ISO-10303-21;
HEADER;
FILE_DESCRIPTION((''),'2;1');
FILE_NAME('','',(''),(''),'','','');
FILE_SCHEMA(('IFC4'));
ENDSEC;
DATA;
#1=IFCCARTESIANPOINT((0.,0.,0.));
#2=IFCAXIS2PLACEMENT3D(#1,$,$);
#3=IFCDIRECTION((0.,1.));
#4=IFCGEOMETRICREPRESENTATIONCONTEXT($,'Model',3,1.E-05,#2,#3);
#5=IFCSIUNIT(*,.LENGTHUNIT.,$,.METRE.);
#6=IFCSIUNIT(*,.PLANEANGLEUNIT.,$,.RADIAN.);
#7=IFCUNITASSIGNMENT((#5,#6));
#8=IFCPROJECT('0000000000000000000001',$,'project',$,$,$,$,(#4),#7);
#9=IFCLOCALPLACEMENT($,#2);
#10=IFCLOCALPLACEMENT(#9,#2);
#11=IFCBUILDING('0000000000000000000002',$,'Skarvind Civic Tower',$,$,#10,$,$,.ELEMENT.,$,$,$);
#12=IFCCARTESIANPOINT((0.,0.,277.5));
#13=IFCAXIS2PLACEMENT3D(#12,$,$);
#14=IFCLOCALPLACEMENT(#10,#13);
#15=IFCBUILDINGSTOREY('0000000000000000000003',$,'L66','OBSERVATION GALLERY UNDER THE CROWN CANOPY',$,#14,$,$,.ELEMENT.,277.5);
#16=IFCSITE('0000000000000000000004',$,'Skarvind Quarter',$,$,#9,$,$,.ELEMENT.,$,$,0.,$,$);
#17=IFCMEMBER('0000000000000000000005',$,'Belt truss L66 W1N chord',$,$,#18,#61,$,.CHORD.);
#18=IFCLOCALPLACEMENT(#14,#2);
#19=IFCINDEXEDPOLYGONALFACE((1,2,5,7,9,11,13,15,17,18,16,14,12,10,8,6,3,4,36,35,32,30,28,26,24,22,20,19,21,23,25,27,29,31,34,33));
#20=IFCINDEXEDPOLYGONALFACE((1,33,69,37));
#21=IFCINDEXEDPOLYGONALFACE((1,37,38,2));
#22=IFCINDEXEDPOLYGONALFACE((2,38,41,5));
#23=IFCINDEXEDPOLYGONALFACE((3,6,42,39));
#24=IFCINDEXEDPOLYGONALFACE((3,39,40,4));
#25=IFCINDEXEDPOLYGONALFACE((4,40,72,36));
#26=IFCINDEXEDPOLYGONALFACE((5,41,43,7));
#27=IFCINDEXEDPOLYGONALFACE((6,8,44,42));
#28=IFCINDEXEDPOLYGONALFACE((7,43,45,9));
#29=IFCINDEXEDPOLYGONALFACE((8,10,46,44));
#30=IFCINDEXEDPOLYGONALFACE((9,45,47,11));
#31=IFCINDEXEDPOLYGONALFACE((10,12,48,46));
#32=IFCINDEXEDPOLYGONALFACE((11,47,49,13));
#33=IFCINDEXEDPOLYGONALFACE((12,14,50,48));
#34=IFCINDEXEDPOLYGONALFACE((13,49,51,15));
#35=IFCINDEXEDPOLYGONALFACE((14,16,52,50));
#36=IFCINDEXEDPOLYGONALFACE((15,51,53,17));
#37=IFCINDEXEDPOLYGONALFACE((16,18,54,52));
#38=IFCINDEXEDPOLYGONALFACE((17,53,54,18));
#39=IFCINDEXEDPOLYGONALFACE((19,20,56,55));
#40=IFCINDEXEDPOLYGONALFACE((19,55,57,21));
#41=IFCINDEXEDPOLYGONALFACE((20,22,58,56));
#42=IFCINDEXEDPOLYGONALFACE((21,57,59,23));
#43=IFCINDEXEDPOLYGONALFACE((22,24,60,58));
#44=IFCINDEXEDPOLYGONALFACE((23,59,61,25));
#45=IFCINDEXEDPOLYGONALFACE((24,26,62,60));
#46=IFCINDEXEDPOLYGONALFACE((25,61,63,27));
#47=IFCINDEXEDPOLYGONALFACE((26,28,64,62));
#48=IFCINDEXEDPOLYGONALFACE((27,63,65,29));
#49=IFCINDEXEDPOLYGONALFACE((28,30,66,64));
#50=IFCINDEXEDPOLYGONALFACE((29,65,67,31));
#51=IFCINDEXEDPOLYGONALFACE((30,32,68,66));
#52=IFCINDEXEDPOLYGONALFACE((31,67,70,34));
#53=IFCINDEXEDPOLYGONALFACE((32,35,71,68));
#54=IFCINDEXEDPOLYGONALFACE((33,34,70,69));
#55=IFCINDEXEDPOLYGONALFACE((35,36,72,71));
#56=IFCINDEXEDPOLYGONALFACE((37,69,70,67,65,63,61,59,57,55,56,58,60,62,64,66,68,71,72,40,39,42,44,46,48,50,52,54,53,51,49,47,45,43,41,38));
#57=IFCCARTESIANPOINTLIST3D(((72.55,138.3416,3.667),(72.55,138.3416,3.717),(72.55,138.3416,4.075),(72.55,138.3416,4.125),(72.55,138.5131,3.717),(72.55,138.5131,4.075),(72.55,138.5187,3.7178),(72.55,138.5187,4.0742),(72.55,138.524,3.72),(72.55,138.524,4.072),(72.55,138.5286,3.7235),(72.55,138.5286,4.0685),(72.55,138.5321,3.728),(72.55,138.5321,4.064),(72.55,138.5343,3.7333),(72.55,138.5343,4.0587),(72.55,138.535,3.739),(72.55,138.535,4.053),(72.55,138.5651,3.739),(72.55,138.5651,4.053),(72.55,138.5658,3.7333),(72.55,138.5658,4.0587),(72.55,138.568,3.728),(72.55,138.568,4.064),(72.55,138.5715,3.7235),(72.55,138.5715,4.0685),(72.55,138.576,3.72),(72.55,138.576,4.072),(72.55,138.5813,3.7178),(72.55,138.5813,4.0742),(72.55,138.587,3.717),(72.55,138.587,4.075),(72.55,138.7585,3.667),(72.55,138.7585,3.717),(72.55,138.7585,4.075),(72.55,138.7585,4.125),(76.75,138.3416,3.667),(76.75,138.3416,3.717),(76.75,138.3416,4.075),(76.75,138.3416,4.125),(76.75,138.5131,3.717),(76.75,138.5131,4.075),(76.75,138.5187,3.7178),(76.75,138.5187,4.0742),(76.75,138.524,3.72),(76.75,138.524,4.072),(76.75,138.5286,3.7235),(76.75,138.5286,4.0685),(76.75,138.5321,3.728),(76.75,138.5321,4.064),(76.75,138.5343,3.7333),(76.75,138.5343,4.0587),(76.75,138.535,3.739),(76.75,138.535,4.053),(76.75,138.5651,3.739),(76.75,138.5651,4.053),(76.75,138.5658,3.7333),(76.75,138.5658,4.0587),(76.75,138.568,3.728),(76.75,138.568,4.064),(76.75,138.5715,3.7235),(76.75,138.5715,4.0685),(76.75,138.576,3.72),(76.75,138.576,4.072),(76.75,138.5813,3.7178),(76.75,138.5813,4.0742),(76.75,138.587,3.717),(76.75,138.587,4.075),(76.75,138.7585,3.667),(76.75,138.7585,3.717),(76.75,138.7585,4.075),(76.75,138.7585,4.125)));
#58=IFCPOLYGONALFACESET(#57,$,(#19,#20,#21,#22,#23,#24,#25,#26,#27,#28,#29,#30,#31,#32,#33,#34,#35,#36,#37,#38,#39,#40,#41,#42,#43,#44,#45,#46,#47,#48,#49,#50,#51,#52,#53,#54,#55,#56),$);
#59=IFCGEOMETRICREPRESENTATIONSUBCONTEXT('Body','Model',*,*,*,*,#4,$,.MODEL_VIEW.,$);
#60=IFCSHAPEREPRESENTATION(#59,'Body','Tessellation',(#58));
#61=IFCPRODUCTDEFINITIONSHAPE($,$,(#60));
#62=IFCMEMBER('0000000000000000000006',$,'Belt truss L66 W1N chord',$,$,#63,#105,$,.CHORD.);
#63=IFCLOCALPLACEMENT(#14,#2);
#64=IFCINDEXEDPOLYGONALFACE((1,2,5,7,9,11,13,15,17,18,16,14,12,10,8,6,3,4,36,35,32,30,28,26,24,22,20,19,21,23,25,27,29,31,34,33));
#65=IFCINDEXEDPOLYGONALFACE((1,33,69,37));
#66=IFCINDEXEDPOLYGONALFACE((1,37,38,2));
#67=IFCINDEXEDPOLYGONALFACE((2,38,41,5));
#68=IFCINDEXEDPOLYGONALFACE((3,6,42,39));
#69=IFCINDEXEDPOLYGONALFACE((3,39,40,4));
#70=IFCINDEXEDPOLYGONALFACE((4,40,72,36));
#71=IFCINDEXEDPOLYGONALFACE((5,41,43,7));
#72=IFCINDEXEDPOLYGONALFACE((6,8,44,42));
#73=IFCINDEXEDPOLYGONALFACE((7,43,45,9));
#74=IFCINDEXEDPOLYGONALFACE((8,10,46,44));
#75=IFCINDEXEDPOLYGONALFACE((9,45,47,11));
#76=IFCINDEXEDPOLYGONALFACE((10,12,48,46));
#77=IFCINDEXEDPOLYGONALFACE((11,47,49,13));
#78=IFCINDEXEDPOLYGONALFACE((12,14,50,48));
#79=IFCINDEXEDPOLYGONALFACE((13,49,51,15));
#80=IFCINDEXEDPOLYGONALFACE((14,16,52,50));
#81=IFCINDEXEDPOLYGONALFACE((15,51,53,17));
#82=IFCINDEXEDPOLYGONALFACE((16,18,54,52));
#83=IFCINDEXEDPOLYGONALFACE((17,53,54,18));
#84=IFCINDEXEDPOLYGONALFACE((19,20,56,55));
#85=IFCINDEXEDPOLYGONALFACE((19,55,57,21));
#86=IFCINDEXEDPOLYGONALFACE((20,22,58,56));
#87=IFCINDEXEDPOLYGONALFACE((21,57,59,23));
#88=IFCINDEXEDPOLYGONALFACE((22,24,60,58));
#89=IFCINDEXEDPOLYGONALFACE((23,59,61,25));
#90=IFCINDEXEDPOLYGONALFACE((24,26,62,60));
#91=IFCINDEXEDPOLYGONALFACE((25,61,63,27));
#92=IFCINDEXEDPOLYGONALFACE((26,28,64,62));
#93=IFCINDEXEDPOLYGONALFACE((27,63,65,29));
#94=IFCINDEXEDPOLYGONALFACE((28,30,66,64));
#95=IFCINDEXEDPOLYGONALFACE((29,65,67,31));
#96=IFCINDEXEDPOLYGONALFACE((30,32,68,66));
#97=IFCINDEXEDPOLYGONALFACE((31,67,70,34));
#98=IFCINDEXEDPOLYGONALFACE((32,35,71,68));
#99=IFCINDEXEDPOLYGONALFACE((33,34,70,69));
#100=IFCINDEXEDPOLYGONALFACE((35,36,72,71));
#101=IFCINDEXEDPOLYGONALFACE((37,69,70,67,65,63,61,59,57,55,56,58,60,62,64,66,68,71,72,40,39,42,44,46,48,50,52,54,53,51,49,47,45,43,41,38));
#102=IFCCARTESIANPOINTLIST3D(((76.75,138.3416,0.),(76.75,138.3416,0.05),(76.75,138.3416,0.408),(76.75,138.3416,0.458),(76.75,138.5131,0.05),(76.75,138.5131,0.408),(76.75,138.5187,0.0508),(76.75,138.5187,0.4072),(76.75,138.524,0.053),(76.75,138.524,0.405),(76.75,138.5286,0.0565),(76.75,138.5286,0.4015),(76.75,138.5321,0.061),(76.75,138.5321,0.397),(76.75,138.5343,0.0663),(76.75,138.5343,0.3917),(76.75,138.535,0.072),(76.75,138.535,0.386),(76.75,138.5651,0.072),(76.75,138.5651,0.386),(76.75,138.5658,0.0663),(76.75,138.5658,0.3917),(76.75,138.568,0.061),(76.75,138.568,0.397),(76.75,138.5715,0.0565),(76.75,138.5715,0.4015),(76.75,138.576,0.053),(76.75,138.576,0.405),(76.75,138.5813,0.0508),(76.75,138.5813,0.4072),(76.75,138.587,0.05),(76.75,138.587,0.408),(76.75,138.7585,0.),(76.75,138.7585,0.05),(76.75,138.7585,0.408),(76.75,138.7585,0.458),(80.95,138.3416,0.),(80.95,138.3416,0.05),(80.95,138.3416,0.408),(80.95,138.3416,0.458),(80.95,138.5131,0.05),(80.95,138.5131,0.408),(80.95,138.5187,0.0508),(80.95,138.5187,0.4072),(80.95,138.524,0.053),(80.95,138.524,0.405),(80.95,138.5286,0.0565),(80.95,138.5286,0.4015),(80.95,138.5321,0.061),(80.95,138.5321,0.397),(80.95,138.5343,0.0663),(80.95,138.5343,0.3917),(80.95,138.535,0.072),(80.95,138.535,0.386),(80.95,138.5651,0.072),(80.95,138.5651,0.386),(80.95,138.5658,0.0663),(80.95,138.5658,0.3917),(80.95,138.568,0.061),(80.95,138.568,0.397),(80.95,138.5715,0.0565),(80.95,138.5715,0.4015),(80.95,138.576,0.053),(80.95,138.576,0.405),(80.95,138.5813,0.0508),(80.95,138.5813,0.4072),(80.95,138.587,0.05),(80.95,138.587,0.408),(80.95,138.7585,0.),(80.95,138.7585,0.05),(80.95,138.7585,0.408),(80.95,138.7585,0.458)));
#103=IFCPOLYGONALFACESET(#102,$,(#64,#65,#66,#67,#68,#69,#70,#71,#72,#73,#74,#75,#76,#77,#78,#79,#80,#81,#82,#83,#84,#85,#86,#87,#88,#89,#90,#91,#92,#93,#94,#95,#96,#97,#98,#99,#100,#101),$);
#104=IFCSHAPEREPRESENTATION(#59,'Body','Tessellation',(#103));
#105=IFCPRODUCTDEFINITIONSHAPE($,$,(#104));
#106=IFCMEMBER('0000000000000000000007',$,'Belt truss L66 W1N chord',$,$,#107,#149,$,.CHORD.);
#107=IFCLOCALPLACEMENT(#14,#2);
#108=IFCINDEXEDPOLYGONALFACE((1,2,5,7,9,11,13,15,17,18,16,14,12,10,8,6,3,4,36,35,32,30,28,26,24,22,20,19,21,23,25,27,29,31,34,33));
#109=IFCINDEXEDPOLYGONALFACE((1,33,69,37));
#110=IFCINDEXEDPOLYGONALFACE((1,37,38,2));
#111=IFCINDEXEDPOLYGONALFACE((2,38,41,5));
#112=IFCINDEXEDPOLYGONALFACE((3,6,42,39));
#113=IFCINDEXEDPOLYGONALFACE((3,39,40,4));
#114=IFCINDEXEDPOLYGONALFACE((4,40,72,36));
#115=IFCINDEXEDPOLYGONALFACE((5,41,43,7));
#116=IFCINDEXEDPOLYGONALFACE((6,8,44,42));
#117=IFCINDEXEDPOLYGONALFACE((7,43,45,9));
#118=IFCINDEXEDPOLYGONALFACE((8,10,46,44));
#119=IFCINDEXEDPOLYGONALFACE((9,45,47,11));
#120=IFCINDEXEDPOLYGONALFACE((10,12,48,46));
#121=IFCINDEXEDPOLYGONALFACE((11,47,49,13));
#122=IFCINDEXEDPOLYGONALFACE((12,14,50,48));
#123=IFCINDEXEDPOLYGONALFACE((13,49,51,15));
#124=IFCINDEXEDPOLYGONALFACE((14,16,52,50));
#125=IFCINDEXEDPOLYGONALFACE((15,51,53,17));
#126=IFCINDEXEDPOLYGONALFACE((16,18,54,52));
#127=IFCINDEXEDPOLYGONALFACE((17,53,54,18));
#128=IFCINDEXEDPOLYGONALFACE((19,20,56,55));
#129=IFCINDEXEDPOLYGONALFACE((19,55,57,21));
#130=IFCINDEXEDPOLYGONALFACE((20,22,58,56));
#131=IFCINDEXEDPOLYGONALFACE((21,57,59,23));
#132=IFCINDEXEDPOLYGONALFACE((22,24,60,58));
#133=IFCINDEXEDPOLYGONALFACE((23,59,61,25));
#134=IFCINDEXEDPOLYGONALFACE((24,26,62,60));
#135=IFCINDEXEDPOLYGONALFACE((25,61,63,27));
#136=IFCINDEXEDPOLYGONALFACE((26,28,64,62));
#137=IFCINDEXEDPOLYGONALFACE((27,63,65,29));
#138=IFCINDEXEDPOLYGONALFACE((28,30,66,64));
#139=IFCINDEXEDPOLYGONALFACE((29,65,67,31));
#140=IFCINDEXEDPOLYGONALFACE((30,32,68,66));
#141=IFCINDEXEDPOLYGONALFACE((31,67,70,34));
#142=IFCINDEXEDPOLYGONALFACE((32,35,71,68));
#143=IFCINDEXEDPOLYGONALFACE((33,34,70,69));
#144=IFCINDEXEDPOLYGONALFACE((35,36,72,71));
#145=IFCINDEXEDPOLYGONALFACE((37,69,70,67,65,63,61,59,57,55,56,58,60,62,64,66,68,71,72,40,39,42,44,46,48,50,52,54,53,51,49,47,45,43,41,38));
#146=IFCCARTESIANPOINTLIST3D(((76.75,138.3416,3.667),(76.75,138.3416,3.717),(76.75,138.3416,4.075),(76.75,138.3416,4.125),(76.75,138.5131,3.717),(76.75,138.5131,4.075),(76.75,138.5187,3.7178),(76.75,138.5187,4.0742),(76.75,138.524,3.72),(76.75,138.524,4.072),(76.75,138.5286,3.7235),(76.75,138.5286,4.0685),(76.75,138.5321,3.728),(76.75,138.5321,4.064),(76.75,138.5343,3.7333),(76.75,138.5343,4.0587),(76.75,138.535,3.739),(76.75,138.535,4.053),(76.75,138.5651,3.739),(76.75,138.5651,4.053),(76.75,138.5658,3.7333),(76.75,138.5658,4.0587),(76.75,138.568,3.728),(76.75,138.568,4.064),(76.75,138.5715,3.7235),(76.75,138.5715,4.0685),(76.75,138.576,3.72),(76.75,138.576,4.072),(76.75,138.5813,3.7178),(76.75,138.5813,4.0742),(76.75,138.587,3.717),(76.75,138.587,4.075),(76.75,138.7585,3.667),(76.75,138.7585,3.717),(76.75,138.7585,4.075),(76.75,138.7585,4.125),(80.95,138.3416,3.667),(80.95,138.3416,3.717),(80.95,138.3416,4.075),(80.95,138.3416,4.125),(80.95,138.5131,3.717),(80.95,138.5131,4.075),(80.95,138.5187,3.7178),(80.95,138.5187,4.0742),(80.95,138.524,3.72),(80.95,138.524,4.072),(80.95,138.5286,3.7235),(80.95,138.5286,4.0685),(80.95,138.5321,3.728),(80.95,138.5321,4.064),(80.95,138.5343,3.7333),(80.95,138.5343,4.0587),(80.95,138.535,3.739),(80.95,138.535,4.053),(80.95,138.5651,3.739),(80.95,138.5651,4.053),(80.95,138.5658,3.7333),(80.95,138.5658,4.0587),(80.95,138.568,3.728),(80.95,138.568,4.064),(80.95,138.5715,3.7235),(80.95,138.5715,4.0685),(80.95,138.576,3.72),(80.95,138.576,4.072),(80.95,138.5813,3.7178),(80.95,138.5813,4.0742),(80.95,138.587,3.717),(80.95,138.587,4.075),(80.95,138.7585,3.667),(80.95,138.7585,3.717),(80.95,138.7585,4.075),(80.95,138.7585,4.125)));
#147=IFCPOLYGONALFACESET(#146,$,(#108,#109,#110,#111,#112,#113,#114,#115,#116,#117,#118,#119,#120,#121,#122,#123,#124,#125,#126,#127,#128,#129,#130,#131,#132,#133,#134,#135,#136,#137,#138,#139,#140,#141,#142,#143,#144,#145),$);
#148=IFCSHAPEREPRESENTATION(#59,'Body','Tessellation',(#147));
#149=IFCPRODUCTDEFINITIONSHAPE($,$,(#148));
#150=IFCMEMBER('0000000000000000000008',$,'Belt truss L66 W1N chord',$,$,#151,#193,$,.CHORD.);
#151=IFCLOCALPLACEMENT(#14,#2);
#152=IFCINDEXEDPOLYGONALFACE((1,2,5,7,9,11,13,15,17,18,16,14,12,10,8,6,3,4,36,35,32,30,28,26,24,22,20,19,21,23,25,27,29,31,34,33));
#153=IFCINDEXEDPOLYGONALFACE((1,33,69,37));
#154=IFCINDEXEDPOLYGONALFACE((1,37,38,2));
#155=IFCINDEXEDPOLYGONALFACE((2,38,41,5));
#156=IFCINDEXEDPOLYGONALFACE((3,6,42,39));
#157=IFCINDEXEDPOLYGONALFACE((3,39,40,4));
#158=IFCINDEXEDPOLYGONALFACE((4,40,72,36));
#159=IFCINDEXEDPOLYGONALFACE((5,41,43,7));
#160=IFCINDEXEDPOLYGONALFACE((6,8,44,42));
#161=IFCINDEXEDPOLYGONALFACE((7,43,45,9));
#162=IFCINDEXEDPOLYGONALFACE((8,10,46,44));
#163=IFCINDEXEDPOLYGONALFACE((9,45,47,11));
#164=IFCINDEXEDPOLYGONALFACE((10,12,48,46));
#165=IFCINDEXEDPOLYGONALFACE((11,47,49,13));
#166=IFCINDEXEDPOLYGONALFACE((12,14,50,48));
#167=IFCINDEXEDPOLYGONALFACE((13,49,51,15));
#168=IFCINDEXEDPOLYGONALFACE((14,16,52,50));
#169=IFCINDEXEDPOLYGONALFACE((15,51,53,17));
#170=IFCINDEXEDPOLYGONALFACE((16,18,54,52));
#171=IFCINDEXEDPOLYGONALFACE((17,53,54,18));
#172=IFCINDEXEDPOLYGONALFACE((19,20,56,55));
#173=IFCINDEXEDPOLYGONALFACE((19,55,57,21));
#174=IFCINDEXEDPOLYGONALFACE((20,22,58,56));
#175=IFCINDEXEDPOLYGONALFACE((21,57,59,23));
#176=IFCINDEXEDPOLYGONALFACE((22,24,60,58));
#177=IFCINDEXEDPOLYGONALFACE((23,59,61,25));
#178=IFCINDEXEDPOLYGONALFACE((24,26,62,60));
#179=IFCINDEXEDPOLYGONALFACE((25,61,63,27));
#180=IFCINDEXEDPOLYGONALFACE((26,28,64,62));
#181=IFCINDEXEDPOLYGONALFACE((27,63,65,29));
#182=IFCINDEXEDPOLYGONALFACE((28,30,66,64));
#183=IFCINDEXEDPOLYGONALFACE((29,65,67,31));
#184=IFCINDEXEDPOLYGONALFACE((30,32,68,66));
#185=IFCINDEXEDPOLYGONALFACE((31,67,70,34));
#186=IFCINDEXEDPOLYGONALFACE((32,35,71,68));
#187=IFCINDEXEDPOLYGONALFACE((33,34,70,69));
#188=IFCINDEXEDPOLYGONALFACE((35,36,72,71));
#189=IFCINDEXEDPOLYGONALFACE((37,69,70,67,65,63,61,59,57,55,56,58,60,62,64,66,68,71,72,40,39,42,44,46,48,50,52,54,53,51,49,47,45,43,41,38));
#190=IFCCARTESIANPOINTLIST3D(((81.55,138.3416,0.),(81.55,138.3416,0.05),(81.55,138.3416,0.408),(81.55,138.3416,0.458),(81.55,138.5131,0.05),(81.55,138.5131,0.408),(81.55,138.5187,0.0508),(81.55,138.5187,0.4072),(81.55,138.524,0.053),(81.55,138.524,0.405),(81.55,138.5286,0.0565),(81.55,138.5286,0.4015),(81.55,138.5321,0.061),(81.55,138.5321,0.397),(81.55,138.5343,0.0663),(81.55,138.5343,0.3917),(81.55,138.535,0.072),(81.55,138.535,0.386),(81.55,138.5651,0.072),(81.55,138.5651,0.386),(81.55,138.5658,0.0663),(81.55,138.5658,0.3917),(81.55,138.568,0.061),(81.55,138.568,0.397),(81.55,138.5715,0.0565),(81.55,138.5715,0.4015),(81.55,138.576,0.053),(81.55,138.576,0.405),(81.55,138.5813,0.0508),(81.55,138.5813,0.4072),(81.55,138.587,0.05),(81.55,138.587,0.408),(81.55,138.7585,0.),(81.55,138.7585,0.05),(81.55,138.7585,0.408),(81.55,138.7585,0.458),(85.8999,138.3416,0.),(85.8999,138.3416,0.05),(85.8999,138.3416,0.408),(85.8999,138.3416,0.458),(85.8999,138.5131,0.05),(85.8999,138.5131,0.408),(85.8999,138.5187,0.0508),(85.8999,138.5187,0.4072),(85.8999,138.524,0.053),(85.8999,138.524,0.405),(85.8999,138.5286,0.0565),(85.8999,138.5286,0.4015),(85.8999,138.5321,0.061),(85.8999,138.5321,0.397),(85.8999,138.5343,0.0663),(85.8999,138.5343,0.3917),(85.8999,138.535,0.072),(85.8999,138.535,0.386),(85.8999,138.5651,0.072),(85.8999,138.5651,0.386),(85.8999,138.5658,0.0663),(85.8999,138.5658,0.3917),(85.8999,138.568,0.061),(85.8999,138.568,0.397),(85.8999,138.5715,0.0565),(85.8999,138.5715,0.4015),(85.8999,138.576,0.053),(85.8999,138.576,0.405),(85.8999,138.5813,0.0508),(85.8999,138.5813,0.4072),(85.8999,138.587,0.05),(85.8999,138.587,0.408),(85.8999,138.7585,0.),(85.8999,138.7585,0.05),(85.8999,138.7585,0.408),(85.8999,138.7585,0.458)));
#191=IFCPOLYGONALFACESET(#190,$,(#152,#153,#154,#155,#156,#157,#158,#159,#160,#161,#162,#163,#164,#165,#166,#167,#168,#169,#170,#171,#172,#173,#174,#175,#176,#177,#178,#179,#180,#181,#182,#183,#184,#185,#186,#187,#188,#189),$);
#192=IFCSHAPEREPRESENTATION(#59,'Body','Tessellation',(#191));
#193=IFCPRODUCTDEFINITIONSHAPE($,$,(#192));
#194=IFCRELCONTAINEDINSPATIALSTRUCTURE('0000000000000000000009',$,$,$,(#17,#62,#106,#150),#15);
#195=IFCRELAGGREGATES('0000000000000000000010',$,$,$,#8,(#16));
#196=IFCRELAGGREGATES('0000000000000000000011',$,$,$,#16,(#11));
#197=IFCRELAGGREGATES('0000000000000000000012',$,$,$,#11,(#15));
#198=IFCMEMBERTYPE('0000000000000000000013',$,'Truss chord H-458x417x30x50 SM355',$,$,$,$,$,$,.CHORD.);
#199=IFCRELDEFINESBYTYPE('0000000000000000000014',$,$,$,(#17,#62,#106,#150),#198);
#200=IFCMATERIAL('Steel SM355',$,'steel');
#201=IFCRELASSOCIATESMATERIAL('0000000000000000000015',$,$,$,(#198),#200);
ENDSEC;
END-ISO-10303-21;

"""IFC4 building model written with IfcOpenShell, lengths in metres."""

from ifc_helpers import new_model, si_unit, direction, frame, origin, origin_2d, place, context, subcontext, project, spatial, i_section, extrude, material, material_profile, profile_set, type_object, element, save


model = new_model("IFC4")

# Units and contexts
model_context = context("Model", 3, precision=1e-05, world=origin(), true_north=direction((0.0, 1.0)))
body_context = subcontext(model_context, "Body", "Model", "MODEL_VIEW")
ifc_project = project(units=[si_unit("LENGTHUNIT", "METRE"), si_unit("PLANEANGLEUNIT", "RADIAN")], contexts=[model_context])

# Site, building, storey
site_placement = place(None, origin())
site = spatial("IfcSite", under=ifc_project, at=site_placement, Name="Skarvind Quarter", CompositionType="ELEMENT", RefElevation=0.0)
building_placement = place(site_placement, origin())
building = spatial("IfcBuilding", under=site, at=building_placement, Name="Skarvind Civic Tower", CompositionType="ELEMENT")
storey_placement = place(building_placement, frame((0.0, 0.0, 277.5)))
storey = spatial("IfcBuildingStorey", under=building, at=storey_placement, Name="L66", Description="OBSERVATION GALLERY UNDER THE CROWN CANOPY", CompositionType="ELEMENT", Elevation=277.5)

# Members
ifc_material_1 = material(Name="Steel SM355", Category="steel")
ifc_material_profile_1 = material_profile(ifc_material_1, i_section(OverallWidth=0.417, OverallDepth=0.458, WebThickness=0.03, FlangeThickness=0.05, FilletRadius=0.022, at=origin_2d()), Name="H-458x417x30x50")
ifc_profile_set_1 = profile_set([ifc_material_profile_1], Name="Steel SM355")
member_type_1 = type_object("IfcMemberType", Name="Truss chord H-458x417x30x50 SM355", PredefinedType="CHORD", material=ifc_profile_set_1)
for number, where, z_axis, x_axis, name in (
    (1, (72.55, 138.55, 3.896), (1.0, 0.0, 0.0), (0.0, 1.0, 0.0), "Belt truss L66 W1N chord"),
    (2, (76.75, 138.55, 0.229), (1.0, 0.0, 0.0), (0.0, 1.0, 0.0), "Belt truss L66 W1N chord"),
    (3, (76.75, 138.55, 3.896), (1.0, 0.0, 0.0), (0.0, 1.0, 0.0), "Belt truss L66 W1N chord"),
):
    element("IfcMember", number, at=place(storey_placement, frame(where, z_axis=z_axis, x_axis=x_axis)), inside=storey, type_object=member_type_1, Name=name, PredefinedType="CHORD", context=body_context, shape_type="SweptSolid", body=[
        extrude(i_section(OverallWidth=0.417, OverallDepth=0.458, WebThickness=0.03, FlangeThickness=0.05, FilletRadius=0.022, at=origin_2d()), origin(), (0.0, 0.0, 1.0), 4.2),
    ])
for number, where, z_axis, x_axis, name in (
    (4, (81.55, 138.55, 0.229), (1.0, 0.0, 0.0), (0.0, 1.0, 0.0), "Belt truss L66 W1N chord"),
):
    element("IfcMember", number, at=place(storey_placement, frame(where, z_axis=z_axis, x_axis=x_axis)), inside=storey, type_object=member_type_1, Name=name, PredefinedType="CHORD", context=body_context, shape_type="SweptSolid", body=[
        extrude(i_section(OverallWidth=0.417, OverallDepth=0.458, WebThickness=0.03, FlangeThickness=0.05, FilletRadius=0.022, at=origin_2d()), origin(), (0.0, 0.0, 1.0), 4.3499),
    ])

save(model, "model.ifc")
